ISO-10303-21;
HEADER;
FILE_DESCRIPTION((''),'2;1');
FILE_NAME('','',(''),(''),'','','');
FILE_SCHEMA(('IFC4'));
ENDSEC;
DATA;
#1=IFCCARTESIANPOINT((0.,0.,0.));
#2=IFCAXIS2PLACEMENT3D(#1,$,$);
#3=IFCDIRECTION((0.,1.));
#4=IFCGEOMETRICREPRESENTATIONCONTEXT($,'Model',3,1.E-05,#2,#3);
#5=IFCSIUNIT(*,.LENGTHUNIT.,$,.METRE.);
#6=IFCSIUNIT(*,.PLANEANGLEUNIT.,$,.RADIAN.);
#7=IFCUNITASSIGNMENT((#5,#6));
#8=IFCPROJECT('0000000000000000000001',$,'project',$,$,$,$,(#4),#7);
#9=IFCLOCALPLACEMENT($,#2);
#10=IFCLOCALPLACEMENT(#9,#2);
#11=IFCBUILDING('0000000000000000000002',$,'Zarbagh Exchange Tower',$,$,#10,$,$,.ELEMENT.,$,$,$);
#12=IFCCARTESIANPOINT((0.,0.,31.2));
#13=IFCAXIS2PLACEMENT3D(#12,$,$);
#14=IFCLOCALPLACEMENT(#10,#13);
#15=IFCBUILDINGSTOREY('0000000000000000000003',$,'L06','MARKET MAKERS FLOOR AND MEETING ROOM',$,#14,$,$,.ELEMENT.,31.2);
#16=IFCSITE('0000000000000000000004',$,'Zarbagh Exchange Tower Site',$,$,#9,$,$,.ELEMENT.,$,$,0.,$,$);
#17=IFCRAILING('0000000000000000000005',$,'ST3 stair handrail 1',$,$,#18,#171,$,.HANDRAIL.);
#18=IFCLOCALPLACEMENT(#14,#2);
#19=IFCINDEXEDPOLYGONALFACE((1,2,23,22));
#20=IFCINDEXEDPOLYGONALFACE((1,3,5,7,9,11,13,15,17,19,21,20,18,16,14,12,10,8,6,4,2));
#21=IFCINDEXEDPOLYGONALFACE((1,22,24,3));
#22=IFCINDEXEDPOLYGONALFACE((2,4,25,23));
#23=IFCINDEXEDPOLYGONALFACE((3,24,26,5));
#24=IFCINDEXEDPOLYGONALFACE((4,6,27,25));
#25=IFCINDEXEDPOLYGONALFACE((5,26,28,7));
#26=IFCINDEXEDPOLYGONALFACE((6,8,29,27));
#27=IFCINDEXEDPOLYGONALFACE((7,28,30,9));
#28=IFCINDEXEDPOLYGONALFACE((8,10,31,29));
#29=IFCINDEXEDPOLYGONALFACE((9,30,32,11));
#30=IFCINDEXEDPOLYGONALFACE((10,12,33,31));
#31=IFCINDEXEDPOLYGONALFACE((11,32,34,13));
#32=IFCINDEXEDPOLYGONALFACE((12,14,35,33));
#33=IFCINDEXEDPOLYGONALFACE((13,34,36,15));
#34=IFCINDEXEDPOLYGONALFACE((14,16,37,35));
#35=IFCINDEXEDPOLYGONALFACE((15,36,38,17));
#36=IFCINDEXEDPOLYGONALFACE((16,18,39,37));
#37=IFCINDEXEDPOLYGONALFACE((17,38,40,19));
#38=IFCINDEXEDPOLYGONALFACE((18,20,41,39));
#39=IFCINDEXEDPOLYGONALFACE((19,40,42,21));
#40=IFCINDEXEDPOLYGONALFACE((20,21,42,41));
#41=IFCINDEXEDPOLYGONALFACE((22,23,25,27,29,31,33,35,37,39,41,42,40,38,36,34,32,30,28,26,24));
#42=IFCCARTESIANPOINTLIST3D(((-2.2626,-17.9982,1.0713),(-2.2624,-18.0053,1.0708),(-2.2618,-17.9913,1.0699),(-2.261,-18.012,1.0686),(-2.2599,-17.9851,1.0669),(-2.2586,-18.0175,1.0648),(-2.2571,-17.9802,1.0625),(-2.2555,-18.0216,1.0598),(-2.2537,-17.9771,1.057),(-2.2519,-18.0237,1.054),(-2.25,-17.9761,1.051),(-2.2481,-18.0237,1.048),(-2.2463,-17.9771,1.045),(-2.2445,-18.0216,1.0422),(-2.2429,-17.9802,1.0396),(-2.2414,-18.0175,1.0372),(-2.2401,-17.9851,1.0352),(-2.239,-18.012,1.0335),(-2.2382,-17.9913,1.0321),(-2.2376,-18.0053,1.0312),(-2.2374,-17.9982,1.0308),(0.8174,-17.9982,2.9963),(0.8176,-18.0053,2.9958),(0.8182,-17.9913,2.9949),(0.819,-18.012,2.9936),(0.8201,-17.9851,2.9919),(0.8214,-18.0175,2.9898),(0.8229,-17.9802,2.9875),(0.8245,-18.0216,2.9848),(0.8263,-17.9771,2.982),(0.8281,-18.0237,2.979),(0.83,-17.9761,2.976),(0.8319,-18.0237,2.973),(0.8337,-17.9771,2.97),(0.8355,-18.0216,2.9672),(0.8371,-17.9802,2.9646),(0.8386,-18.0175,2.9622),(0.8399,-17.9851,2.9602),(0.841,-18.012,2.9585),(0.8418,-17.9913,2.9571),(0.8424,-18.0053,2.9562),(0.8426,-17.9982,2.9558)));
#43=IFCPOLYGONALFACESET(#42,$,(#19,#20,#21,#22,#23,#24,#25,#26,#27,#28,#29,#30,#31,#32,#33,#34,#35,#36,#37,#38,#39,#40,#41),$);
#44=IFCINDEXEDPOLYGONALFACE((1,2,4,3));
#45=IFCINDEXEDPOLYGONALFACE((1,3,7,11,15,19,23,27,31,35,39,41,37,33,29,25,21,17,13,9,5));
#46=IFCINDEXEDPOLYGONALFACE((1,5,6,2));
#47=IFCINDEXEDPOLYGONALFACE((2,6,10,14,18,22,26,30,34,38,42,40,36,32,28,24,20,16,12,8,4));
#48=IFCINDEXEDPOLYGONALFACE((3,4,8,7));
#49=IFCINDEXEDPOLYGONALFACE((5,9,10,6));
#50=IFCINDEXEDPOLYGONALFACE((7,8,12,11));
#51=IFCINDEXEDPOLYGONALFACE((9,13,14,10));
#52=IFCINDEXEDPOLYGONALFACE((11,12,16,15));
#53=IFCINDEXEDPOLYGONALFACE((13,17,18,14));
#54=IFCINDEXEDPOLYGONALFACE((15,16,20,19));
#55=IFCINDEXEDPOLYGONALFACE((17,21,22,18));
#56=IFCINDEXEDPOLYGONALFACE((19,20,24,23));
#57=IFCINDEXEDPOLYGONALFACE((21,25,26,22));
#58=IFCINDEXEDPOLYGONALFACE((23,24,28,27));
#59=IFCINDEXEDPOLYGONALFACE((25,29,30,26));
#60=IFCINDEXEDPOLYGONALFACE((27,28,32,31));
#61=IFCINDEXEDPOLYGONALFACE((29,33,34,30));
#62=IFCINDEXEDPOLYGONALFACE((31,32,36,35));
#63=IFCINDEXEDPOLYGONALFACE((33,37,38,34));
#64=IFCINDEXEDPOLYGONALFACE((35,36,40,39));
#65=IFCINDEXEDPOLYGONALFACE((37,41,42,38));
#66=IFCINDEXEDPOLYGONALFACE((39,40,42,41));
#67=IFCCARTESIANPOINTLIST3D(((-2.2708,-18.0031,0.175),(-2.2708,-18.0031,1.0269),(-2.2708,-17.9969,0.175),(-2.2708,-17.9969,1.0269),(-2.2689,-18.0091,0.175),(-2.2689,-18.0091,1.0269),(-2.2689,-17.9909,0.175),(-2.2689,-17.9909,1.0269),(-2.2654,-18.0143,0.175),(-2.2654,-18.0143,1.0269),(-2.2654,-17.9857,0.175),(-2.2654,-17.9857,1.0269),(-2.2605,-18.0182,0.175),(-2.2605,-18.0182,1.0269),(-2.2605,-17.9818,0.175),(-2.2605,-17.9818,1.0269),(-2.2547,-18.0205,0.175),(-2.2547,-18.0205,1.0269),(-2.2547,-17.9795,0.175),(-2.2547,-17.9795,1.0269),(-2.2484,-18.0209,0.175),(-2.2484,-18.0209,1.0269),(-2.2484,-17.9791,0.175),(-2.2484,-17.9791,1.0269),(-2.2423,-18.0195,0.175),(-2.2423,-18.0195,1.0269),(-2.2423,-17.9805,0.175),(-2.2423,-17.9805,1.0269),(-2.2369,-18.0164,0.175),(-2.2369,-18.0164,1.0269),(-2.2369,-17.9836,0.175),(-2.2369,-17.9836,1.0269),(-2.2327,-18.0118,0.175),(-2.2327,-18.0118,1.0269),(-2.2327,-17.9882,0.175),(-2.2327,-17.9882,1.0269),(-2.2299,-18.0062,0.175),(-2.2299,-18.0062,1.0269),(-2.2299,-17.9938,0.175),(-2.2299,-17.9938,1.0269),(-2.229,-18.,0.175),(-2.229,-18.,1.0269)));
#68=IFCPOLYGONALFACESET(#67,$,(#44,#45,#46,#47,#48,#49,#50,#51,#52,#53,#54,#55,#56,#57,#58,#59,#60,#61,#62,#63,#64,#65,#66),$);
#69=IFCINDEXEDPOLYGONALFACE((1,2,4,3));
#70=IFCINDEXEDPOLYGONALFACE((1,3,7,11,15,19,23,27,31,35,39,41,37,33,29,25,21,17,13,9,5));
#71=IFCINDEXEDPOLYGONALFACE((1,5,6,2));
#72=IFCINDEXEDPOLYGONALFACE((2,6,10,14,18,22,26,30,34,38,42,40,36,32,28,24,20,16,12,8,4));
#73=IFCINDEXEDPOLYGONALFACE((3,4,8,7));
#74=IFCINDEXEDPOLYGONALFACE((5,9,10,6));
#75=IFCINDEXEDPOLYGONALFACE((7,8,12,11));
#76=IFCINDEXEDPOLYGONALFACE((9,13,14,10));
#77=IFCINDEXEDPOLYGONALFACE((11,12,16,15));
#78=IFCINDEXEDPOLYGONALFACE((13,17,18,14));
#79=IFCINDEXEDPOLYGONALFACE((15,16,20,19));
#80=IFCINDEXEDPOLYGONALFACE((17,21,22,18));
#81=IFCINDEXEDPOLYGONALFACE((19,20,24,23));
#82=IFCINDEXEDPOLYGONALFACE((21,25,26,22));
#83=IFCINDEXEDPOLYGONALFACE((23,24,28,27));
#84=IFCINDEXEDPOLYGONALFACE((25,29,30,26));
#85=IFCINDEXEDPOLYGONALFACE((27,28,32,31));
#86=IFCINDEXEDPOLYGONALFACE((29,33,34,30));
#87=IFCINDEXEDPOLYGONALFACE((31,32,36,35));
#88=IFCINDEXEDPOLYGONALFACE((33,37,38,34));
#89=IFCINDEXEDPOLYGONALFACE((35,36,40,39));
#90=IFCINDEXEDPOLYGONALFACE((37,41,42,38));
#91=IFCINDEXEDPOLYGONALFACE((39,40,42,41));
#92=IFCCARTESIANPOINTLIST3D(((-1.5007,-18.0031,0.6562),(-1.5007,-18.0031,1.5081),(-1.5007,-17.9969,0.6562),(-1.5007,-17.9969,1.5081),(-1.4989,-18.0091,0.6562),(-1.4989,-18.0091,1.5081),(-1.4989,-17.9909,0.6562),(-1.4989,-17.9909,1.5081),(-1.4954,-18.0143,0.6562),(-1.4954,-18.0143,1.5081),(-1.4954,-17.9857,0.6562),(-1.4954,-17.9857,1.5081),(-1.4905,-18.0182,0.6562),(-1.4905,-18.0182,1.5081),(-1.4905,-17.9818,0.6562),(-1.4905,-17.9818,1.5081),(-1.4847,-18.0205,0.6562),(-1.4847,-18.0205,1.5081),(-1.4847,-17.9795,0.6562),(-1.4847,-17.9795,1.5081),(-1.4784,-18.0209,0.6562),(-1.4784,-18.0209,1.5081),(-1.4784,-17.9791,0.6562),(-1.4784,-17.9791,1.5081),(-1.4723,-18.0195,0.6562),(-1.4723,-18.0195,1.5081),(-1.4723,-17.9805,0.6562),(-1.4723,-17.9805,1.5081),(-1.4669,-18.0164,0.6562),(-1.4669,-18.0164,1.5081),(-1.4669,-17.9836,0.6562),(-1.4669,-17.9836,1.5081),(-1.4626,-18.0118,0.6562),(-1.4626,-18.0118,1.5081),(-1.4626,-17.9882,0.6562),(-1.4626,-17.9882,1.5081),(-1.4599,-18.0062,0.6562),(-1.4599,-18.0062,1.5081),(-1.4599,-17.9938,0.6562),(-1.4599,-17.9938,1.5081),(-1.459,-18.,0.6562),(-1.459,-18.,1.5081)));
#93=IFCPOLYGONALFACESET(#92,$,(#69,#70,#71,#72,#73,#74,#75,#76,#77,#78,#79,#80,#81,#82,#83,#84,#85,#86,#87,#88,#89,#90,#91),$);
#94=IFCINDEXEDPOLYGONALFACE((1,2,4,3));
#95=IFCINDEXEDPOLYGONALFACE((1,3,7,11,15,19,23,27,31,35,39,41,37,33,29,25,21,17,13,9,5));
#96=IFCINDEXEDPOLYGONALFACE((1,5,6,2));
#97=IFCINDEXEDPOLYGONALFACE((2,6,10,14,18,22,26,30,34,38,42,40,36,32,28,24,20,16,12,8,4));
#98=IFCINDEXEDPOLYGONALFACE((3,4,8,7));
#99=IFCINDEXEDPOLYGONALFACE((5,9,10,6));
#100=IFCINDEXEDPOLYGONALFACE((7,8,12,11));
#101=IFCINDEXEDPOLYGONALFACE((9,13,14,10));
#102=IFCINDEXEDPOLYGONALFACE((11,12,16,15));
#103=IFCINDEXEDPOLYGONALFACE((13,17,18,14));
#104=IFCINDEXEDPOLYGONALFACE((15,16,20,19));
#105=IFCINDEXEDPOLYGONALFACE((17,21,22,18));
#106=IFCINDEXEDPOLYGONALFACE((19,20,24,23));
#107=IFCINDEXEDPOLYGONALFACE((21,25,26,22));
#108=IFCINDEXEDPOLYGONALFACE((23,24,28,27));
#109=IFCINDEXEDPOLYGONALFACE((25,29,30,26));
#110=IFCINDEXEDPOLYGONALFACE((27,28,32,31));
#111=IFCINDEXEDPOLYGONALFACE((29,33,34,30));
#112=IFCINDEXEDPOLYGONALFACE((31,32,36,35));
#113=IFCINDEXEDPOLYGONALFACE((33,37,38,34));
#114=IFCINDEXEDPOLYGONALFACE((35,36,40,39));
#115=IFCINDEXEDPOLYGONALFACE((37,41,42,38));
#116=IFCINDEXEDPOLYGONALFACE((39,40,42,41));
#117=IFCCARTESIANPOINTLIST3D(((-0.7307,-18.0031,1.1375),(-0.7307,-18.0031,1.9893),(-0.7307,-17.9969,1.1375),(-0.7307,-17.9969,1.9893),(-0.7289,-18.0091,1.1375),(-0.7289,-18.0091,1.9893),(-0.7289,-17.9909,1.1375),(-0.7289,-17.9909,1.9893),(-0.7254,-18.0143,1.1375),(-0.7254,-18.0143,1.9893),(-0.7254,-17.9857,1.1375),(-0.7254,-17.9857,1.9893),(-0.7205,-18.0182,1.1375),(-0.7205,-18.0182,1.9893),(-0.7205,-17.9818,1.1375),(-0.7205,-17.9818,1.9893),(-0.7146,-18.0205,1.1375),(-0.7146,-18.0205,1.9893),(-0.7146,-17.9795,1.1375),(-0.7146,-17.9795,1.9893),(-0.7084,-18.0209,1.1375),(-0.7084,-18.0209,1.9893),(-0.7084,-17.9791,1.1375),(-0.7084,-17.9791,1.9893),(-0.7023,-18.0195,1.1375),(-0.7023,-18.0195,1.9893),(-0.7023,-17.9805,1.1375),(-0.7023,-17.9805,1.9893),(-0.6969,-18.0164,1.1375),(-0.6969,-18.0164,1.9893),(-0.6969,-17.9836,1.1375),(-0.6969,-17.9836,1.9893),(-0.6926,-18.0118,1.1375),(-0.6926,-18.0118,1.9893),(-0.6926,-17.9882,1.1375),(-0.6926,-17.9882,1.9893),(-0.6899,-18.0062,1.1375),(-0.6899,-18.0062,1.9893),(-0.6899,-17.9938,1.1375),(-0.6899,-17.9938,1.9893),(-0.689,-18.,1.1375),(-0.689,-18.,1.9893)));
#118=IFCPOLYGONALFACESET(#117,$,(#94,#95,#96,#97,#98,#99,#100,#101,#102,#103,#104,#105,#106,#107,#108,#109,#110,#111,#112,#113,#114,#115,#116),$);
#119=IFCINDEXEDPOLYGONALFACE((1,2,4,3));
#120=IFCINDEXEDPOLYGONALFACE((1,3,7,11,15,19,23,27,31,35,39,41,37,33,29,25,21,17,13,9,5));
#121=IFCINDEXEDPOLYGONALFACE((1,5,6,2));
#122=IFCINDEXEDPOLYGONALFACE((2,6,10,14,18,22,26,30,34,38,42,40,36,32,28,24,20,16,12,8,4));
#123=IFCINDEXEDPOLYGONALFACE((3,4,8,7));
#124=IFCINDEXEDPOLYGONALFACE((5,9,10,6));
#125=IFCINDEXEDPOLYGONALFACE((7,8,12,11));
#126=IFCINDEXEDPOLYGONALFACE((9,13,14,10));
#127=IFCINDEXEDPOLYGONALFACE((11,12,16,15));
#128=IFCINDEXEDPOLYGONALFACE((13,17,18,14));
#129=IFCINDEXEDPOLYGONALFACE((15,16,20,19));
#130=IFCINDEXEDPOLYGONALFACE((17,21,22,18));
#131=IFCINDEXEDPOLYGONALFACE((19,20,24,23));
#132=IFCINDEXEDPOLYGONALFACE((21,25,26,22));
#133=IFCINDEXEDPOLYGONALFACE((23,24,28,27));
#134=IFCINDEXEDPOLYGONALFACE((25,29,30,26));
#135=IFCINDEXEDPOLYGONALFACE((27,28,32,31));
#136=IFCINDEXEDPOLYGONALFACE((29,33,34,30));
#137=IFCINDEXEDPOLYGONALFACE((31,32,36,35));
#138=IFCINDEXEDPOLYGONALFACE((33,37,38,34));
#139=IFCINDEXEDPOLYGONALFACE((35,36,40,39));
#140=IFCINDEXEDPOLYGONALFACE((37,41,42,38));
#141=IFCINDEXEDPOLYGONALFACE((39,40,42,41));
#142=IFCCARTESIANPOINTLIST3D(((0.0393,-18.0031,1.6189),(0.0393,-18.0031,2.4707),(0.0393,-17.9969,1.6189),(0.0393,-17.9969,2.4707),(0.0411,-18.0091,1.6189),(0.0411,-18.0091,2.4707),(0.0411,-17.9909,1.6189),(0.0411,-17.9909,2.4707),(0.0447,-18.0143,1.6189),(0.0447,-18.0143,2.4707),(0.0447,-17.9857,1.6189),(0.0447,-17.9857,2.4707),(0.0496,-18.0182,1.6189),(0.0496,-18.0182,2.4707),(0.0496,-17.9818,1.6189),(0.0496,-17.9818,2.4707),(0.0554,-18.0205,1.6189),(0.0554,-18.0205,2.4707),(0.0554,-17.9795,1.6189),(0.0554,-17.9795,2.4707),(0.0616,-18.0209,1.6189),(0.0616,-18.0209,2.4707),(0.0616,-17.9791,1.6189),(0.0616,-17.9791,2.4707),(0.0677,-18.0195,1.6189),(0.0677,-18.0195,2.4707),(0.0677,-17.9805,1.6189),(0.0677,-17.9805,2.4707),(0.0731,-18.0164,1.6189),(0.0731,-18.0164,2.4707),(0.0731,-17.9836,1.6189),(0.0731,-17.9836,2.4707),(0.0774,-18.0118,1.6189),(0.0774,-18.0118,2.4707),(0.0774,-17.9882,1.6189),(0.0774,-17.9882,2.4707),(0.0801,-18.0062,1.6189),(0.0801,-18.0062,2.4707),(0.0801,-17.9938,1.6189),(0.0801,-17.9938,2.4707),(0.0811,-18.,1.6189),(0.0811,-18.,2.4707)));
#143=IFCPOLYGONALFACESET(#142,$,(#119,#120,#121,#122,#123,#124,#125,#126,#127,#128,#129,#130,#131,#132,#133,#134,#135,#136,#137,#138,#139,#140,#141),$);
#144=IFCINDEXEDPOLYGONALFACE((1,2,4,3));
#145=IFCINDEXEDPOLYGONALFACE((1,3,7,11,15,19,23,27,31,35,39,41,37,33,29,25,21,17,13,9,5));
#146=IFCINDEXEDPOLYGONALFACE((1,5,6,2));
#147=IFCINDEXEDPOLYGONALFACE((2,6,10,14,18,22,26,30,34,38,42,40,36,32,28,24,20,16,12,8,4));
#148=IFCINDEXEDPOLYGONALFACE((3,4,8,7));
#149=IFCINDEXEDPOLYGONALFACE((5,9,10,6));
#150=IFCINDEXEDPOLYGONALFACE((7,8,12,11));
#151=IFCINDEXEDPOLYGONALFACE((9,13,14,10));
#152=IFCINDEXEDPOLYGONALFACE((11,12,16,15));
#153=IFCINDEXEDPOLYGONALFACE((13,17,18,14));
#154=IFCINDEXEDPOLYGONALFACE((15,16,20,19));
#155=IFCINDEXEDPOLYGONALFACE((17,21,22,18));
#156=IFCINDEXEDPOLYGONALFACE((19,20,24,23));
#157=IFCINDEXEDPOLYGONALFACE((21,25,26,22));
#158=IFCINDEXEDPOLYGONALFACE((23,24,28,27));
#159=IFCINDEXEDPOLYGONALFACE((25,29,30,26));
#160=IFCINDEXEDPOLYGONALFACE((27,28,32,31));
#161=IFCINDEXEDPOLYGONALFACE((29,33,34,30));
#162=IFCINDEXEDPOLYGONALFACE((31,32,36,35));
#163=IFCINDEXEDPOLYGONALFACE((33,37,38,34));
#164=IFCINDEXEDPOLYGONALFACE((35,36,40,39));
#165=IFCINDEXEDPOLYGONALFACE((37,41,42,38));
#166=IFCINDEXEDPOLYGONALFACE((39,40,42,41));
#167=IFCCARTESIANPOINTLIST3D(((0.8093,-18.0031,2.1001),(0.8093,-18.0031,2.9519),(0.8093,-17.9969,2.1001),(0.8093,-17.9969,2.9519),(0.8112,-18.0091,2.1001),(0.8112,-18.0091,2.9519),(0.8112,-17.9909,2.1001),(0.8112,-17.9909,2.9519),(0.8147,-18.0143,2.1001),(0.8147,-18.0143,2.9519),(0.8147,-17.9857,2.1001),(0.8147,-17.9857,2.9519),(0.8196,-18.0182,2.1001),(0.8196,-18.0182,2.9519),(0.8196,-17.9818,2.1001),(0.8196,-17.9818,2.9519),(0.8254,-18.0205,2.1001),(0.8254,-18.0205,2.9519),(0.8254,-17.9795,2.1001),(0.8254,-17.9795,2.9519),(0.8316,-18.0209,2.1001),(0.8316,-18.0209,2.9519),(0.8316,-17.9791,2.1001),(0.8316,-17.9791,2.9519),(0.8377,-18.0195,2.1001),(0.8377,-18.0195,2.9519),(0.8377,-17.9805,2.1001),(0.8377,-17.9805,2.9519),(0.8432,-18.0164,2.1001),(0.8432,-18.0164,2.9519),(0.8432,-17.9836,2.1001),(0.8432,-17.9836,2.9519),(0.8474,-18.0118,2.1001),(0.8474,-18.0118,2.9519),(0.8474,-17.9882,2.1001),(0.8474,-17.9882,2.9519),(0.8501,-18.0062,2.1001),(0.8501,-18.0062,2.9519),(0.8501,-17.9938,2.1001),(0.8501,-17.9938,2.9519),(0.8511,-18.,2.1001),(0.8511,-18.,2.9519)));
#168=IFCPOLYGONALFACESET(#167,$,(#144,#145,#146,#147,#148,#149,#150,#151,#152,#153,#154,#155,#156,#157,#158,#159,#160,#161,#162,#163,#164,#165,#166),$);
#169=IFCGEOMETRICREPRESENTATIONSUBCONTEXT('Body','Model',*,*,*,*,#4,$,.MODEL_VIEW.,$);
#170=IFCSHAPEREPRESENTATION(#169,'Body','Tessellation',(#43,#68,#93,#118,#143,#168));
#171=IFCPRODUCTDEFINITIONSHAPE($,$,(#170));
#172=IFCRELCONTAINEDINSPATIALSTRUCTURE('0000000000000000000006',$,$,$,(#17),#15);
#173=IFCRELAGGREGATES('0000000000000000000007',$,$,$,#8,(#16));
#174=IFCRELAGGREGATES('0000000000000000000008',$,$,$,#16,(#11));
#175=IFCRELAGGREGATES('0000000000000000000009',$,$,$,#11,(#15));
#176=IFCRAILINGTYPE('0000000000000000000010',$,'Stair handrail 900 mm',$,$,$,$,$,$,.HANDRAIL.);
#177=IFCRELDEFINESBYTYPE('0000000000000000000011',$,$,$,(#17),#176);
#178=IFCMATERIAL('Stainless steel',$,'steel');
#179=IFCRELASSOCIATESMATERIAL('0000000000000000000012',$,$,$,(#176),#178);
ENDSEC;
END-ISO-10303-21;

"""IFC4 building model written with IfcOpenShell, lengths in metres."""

from ifc_helpers import new_model, si_unit, direction, frame, origin, origin_2d, place, context, subcontext, project, spatial, circle, extrude, material, type_object, element, save


model = new_model("IFC4")

# Units and contexts
model_context = context("Model", 3, precision=1e-05, world=origin(), true_north=direction((0.0, 1.0)))
body_context = subcontext(model_context, "Body", "Model", "MODEL_VIEW")
ifc_project = project(units=[si_unit("LENGTHUNIT", "METRE"), si_unit("PLANEANGLEUNIT", "RADIAN")], contexts=[model_context])

# Site, building, storey
site_placement = place(None, origin())
site = spatial("IfcSite", under=ifc_project, at=site_placement, Name="Zarbagh Exchange Tower Site", CompositionType="ELEMENT", RefElevation=0.0)
building_placement = place(site_placement, origin())
building = spatial("IfcBuilding", under=site, at=building_placement, Name="Zarbagh Exchange Tower", CompositionType="ELEMENT")
storey_placement = place(building_placement, frame((0.0, 0.0, 31.2)))
storey = spatial("IfcBuildingStorey", under=building, at=storey_placement, Name="L06", Description="MARKET MAKERS FLOOR AND MEETING ROOM", CompositionType="ELEMENT", Elevation=31.2)

# Shared definitions
ifc_material_1 = material(Name="Stainless steel", Category="steel")

# Railing
railing_type_1 = type_object("IfcRailingType", Name="Stair handrail 900 mm", PredefinedType="HANDRAIL", material=ifc_material_1)
railing_1_placement = place(storey_placement, frame((-2.25, -18.0, 0.175)))
element("IfcRailing", 1, at=railing_1_placement, inside=storey, type_object=railing_type_1, Name="ST3 stair handrail 1", PredefinedType="HANDRAIL", context=body_context, shape_type="SweptSolid", body=[
    extrude(circle(Radius=0.0239, at=origin_2d()), frame((0.0, 0.0, 0.876), z_axis=(0.847998, 0.0, 0.529999), x_axis=(0.0, 1.0, 0.0)), (0.0, 0.0, 1.0), 3.6321),
    extrude(circle(Radius=0.021, at=origin_2d()), origin(), (0.0, 0.0, 1.0), 0.8518),
    extrude(circle(Radius=0.021, at=origin_2d()), frame((0.77, 0.0, 0.4812)), (0.0, 0.0, 1.0), 0.8518),
    extrude(circle(Radius=0.021, at=origin_2d()), frame((1.54, 0.0, 0.9624)), (0.0, 0.0, 1.0), 0.8518),
    extrude(circle(Radius=0.021, at=origin_2d()), frame((2.3101, 0.0, 1.4438)), (0.0, 0.0, 1.0), 0.8518),
    extrude(circle(Radius=0.021, at=origin_2d()), frame((3.0801, 0.0, 1.925)), (0.0, 0.0, 1.0), 0.8518),
])

save(model, "model.ifc")
